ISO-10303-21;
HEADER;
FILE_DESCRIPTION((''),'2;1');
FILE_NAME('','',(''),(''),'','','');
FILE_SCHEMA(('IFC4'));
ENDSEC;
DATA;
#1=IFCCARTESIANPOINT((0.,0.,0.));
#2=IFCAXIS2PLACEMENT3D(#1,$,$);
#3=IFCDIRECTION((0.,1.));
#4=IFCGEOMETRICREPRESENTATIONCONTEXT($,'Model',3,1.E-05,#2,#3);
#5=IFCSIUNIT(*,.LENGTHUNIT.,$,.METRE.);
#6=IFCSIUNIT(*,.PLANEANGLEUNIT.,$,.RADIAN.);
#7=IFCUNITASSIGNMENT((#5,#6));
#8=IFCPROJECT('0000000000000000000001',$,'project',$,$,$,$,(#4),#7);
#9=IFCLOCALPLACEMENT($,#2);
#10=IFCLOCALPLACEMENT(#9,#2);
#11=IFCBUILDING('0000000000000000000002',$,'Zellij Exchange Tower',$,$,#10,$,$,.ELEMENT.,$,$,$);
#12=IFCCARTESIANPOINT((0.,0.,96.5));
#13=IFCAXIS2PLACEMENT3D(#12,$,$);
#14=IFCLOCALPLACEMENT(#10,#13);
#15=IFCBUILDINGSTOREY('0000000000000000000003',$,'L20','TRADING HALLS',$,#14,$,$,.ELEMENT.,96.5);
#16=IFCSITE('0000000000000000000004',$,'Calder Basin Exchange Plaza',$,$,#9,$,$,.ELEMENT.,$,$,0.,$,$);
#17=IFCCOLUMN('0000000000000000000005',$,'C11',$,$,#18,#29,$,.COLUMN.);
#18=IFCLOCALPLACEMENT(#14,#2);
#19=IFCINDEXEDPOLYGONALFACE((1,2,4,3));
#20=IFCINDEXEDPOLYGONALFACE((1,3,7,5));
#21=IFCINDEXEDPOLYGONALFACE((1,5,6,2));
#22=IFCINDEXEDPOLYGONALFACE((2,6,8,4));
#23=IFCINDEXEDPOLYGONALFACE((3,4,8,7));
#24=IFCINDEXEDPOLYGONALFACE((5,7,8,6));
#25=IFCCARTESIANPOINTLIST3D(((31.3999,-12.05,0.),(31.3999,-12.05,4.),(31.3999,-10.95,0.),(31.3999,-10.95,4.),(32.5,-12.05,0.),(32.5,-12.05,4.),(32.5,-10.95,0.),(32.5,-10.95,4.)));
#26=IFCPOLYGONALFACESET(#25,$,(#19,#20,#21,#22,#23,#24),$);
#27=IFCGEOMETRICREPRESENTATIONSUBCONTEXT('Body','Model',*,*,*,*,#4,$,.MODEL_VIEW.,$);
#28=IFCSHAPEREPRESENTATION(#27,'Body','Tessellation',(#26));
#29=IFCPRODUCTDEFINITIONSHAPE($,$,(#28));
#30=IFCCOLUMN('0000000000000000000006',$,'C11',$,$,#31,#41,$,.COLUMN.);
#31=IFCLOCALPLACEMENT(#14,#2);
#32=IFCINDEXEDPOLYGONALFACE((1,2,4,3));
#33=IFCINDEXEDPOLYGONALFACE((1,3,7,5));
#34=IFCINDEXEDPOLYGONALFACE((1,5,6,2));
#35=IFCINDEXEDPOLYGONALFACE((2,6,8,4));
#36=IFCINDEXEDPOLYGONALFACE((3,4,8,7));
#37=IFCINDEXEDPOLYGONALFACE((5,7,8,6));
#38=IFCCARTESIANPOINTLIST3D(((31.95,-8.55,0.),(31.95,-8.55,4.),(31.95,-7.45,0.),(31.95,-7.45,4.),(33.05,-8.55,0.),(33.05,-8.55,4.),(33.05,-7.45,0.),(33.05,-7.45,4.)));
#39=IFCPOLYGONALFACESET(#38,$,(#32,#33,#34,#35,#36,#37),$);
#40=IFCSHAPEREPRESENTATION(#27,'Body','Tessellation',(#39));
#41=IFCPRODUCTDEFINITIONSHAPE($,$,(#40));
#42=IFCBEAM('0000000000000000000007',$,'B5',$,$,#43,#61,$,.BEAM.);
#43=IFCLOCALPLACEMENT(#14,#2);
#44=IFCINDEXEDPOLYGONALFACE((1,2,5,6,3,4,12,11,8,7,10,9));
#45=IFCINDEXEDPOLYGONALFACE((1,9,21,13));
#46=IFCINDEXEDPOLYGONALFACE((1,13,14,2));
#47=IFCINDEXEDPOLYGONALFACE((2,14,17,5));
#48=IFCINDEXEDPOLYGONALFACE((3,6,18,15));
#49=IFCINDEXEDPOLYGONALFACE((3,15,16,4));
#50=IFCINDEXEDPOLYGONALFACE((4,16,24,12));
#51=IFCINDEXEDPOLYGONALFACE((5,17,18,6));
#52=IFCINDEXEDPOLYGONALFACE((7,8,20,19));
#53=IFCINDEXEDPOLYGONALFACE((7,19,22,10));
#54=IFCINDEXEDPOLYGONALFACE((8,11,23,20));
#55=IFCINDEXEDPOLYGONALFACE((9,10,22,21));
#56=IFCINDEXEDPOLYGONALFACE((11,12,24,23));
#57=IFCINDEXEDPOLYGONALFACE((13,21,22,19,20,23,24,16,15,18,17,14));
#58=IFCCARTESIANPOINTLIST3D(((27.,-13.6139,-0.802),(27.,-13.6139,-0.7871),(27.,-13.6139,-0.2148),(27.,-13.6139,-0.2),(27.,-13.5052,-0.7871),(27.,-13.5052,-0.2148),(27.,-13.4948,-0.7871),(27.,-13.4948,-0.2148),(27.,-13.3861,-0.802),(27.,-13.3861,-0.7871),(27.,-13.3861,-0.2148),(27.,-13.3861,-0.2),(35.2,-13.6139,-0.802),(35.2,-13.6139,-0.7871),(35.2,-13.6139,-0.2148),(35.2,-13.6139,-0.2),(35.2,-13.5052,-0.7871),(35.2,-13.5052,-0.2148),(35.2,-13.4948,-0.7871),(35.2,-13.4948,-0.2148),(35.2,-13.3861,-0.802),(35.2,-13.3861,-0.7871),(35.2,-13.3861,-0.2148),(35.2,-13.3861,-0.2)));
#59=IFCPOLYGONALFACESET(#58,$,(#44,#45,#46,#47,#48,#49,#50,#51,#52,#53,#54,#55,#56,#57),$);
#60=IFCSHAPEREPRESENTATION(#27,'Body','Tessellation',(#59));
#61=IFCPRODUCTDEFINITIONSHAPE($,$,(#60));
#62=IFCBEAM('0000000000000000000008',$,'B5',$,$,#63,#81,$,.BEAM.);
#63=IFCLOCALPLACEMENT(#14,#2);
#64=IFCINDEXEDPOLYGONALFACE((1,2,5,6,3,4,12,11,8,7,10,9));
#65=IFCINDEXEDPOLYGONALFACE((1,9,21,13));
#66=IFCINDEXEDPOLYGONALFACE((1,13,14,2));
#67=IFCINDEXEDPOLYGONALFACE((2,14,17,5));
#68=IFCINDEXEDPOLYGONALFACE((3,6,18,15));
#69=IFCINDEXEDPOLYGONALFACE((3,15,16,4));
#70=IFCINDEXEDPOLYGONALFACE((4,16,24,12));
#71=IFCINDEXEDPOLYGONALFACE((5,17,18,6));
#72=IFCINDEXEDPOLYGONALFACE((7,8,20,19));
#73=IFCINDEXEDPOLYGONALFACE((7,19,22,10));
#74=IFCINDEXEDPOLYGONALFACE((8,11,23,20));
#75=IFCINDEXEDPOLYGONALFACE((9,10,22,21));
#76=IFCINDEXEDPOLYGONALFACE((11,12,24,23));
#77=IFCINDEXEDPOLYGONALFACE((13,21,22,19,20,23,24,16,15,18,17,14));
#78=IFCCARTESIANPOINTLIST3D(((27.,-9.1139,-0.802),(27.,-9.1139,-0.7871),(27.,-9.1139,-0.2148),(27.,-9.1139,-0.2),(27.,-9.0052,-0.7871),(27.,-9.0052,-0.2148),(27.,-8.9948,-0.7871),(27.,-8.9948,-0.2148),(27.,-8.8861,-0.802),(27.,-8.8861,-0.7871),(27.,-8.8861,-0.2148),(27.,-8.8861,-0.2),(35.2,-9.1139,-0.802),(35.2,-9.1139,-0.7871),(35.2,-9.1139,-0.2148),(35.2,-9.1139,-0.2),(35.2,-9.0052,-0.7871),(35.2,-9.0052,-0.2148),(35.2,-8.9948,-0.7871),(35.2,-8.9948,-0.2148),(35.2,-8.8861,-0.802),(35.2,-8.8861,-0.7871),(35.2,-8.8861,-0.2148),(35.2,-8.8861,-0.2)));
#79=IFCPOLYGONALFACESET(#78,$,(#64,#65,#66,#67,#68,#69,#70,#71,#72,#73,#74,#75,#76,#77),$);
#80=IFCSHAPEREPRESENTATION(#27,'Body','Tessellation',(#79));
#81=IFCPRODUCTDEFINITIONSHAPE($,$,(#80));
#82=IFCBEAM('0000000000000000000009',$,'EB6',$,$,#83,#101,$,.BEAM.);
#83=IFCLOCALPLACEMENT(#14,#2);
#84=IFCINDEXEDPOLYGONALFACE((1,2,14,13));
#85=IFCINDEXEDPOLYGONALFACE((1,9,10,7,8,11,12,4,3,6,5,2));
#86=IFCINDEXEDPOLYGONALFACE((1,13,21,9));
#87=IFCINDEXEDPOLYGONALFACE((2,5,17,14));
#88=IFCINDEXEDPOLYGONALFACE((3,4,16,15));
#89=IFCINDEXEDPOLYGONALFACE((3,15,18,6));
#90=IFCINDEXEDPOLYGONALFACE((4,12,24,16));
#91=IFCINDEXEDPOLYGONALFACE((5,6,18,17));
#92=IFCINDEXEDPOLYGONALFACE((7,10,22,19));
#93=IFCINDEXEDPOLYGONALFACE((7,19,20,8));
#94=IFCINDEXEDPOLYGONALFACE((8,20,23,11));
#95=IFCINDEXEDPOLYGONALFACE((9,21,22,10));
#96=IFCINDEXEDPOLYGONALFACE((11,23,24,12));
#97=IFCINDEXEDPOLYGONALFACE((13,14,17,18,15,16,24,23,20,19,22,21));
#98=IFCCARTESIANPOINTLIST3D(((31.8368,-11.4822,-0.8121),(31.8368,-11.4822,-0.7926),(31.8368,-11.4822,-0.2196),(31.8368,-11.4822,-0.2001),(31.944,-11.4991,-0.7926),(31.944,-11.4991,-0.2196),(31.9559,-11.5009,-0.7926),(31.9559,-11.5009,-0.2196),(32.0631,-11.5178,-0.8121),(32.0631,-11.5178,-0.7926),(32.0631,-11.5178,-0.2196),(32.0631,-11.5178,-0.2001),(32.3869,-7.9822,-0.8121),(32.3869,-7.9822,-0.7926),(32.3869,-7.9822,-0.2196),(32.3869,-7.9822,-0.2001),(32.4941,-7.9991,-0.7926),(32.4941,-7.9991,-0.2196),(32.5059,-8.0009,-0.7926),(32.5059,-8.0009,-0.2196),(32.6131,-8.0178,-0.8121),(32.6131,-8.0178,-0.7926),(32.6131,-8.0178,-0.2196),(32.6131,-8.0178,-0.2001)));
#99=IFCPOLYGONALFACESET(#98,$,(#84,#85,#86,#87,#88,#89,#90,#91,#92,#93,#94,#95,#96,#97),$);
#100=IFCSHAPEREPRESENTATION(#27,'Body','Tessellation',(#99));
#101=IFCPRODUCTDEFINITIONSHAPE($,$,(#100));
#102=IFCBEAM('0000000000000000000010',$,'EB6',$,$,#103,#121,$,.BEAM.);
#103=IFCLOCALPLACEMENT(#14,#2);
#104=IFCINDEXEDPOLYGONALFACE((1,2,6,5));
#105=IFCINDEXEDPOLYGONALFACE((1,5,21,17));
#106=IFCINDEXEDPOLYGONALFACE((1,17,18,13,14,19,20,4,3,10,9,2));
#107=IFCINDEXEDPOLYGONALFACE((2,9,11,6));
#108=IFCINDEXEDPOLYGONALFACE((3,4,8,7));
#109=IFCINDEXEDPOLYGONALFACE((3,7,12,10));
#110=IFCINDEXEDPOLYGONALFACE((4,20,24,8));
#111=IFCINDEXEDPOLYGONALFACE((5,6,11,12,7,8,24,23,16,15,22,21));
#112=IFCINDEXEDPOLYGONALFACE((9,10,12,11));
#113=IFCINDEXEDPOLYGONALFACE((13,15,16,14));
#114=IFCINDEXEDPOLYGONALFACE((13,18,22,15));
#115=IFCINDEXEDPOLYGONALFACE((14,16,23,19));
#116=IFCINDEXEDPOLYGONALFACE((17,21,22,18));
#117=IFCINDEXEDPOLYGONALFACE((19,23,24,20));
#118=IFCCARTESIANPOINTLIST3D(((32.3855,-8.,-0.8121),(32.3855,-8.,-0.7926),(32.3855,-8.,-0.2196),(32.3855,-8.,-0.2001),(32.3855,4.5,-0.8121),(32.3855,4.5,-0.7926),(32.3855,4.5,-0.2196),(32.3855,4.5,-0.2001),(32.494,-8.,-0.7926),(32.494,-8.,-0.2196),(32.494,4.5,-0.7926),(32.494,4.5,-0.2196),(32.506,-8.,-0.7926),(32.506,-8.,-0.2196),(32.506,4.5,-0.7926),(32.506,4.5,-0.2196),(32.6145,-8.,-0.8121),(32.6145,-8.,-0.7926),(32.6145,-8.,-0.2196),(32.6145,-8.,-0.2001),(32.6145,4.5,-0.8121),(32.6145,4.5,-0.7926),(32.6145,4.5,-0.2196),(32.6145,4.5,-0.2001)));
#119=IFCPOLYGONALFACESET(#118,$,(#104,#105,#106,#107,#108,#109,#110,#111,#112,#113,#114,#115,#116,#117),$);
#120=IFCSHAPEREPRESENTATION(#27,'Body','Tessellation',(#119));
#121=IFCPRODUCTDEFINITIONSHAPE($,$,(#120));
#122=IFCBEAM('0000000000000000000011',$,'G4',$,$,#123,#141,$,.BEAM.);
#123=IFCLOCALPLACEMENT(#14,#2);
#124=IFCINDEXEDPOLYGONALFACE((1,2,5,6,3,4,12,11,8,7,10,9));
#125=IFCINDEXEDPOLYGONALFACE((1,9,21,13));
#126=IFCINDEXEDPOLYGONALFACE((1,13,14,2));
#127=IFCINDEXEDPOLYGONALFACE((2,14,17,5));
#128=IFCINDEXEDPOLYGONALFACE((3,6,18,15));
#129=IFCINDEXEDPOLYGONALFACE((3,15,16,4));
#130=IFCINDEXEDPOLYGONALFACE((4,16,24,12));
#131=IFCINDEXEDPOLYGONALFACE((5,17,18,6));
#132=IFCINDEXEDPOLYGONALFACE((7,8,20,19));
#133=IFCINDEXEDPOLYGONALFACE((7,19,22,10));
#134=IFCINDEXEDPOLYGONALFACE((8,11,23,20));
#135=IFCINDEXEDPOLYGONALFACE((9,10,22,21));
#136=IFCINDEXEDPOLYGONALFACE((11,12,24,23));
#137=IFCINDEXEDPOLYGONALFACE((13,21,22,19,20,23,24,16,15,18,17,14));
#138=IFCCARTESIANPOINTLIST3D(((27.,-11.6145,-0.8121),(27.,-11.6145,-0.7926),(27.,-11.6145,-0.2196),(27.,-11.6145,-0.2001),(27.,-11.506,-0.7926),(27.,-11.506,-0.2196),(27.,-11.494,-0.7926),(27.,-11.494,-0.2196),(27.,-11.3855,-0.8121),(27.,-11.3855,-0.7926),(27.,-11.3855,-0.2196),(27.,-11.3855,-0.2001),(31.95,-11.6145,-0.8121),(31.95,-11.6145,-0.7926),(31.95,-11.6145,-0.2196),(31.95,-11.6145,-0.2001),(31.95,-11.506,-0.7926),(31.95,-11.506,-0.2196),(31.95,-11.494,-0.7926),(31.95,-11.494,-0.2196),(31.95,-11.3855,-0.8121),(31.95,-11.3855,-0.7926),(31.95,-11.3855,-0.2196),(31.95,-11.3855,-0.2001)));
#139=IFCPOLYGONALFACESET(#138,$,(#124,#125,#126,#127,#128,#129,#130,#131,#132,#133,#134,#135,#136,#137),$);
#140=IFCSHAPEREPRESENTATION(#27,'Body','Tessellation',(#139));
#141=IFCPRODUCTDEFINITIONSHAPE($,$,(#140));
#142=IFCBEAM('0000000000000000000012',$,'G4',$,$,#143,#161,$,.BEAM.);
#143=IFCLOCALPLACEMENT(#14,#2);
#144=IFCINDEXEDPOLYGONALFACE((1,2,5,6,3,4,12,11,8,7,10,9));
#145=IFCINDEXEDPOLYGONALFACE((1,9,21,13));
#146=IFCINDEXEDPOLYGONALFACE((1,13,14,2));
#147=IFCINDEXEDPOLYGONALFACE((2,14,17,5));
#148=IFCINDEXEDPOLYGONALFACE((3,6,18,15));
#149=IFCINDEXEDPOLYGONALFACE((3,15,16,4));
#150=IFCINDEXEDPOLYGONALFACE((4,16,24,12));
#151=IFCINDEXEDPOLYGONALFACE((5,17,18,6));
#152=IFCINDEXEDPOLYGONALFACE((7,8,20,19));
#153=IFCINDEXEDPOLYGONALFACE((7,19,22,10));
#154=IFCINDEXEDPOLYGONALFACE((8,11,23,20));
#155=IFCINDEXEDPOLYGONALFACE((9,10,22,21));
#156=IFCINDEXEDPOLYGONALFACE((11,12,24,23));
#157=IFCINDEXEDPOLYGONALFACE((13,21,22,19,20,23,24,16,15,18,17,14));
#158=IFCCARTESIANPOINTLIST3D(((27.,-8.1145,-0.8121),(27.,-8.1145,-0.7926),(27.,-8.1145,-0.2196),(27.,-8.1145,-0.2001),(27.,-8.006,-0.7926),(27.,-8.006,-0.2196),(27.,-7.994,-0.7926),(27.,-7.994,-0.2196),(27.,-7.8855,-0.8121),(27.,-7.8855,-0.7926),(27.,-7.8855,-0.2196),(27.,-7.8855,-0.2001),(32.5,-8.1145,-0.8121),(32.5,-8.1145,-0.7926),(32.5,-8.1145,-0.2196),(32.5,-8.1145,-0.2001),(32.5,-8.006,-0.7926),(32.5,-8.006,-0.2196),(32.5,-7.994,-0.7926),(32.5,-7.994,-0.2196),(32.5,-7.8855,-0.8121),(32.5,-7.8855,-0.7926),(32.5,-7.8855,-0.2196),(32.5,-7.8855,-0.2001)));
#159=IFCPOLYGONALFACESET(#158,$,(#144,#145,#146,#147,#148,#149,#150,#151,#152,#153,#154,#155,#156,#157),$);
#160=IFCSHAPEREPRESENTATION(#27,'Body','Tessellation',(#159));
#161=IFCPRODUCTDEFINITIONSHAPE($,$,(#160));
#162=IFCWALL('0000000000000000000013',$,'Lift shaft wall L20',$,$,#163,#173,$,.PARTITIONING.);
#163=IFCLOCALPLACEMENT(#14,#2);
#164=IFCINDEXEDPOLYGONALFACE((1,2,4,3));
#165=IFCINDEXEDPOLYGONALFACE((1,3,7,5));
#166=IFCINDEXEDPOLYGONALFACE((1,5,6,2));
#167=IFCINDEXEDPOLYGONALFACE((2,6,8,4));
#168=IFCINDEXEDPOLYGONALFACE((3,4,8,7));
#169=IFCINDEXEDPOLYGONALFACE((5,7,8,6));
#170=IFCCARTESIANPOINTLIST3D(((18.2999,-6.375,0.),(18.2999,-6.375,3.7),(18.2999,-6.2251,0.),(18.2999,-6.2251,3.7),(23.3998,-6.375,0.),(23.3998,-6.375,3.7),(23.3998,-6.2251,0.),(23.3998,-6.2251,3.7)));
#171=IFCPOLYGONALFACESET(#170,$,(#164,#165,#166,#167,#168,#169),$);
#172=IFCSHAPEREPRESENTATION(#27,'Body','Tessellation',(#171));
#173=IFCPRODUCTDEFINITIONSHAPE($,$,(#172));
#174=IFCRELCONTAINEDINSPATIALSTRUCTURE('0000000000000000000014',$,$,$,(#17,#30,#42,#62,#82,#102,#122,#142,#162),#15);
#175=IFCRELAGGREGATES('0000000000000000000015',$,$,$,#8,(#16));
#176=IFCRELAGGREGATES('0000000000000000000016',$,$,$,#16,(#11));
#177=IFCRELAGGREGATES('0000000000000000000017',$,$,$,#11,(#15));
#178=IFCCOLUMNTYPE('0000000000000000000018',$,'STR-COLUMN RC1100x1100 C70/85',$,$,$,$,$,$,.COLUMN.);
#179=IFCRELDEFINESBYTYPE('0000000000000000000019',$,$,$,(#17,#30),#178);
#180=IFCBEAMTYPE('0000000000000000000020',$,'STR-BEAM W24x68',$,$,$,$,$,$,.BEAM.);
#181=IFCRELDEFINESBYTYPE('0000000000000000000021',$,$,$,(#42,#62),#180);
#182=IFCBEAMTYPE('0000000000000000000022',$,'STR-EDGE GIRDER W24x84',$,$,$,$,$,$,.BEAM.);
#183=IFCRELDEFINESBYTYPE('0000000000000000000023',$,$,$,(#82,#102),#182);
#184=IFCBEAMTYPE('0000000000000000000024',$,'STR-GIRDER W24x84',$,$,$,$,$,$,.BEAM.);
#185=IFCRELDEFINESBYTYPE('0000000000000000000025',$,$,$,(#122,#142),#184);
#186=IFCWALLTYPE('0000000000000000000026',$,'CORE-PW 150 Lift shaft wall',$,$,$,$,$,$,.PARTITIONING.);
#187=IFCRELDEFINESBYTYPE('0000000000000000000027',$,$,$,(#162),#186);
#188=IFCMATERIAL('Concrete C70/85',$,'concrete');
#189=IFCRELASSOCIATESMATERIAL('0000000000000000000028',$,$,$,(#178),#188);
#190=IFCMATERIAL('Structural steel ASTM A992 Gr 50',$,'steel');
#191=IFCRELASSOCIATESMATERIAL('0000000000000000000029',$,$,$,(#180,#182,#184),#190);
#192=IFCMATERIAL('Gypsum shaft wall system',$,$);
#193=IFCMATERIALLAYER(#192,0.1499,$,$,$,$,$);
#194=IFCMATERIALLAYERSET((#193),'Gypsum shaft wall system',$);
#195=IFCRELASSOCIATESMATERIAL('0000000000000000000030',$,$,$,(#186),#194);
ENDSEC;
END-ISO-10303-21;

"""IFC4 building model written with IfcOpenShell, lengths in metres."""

from ifc_helpers import new_model, si_unit, direction, frame, frame_2d, origin, origin_2d, place, context, subcontext, project, spatial, rectangle, i_section, extrude, material, layer, layer_set, material_profile, profile_set, type_object, element, save


model = new_model("IFC4")

# Units and contexts
model_context = context("Model", 3, precision=1e-05, world=origin(), true_north=direction((0.0, 1.0)))
body_context = subcontext(model_context, "Body", "Model", "MODEL_VIEW")
ifc_project = project(units=[si_unit("LENGTHUNIT", "METRE"), si_unit("PLANEANGLEUNIT", "RADIAN")], contexts=[model_context])

# Site, building, storey
site_placement = place(None, origin())
site = spatial("IfcSite", under=ifc_project, at=site_placement, Name="Calder Basin Exchange Plaza", CompositionType="ELEMENT", RefElevation=0.0)
building_placement = place(site_placement, origin())
building = spatial("IfcBuilding", under=site, at=building_placement, Name="Zellij Exchange Tower", CompositionType="ELEMENT")
storey_placement = place(building_placement, frame((0.0, 0.0, 96.5)))
storey = spatial("IfcBuildingStorey", under=building, at=storey_placement, Name="L20", Description="TRADING HALLS", CompositionType="ELEMENT", Elevation=96.5)

# Columns
ifc_material_1 = material(Name="Concrete C70/85", Category="concrete")
ifc_material_profile_1 = material_profile(ifc_material_1, rectangle(XDim=1.1001, YDim=1.1001, at=origin_2d()), Name="STR-COLUMN RC1100x1100 C70/85")
ifc_profile_set_1 = profile_set([ifc_material_profile_1], Name="Concrete C70/85")
column_type = type_object("IfcColumnType", Name="STR-COLUMN RC1100x1100 C70/85", PredefinedType="COLUMN", material=ifc_profile_set_1)
for number, where, z_axis, x_axis, name in (
    (1, (31.95, -11.5, 0.0), (0.0, 0.0, 1.0), (1.0, 0.0, 0.0), "C11"),
    (2, (32.5, -8.0, 0.0), (0.0, 0.0, 1.0), (1.0, 0.0, 0.0), "C11"),
):
    element("IfcColumn", number, at=place(storey_placement, frame(where, z_axis=z_axis, x_axis=x_axis)), inside=storey, type_object=column_type, Name=name, PredefinedType="COLUMN", context=body_context, shape_type="SweptSolid", body=[
        extrude(rectangle(XDim=1.1001, YDim=1.1001, at=origin_2d()), origin(), (0.0, 0.0, 1.0), 4.0),
    ])

# Beams
ifc_material_2 = material(Name="Structural steel ASTM A992 Gr 50", Category="steel")
ifc_material_profile_2 = material_profile(ifc_material_2, i_section(OverallWidth=0.2278, OverallDepth=0.6021, WebThickness=0.0105, FlangeThickness=0.0149, at=origin_2d()), Name="W24x68")
ifc_profile_set_2 = profile_set([ifc_material_profile_2], Name="Structural steel ASTM A992 Gr 50")
beam_type_1 = type_object("IfcBeamType", Name="STR-BEAM W24x68", PredefinedType="BEAM", material=ifc_profile_set_2)
for number, where, z_axis, x_axis, name in (
    (3, (27.0, -13.5, -0.501), (1.0, 0.0, 0.0), (0.0, 1.0, 0.0), "B5"),
    (4, (27.0, -9.0, -0.501), (1.0, 0.0, 0.0), (0.0, 1.0, 0.0), "B5"),
):
    element("IfcBeam", number, at=place(storey_placement, frame(where, z_axis=z_axis, x_axis=x_axis)), inside=storey, type_object=beam_type_1, Name=name, PredefinedType="BEAM", context=body_context, shape_type="SweptSolid", body=[
        extrude(i_section(OverallWidth=0.2278, OverallDepth=0.6021, WebThickness=0.0105, FlangeThickness=0.0149, at=origin_2d()), origin(), (0.0, 0.0, 1.0), 8.2),
    ])
ifc_material_profile_3 = material_profile(ifc_material_2, i_section(OverallWidth=0.229, OverallDepth=0.6121, WebThickness=0.012, FlangeThickness=0.0195, at=origin_2d()), Name="W24x84")
ifc_profile_set_3 = profile_set([ifc_material_profile_3], Name="Structural steel ASTM A992 Gr 50")
beam_type_2 = type_object("IfcBeamType", Name="STR-EDGE GIRDER W24x84", PredefinedType="BEAM", material=ifc_profile_set_3)
beam_1_placement = place(storey_placement, frame((31.95, -11.5, -0.5061), z_axis=(0.155251, 0.987875, 0.0), x_axis=(-0.987875, 0.155251, 0.0)))
element("IfcBeam", 5, at=beam_1_placement, inside=storey, type_object=beam_type_2, Name="EB6", PredefinedType="BEAM", context=body_context, shape_type="SweptSolid", body=[
    extrude(i_section(OverallWidth=0.229, OverallDepth=0.6121, WebThickness=0.012, FlangeThickness=0.0195, at=origin_2d()), origin(), (0.0, 0.0, 1.0), 3.543),
])
beam_2_placement = place(storey_placement, frame((32.5, -8.0, -0.5061), z_axis=(0.0, 1.0, 0.0), x_axis=(-1.0, 0.0, 0.0)))
element("IfcBeam", 6, at=beam_2_placement, inside=storey, type_object=beam_type_2, Name="EB6", PredefinedType="BEAM", context=body_context, shape_type="SweptSolid", body=[
    extrude(i_section(OverallWidth=0.229, OverallDepth=0.6121, WebThickness=0.012, FlangeThickness=0.0195, at=origin_2d()), origin(), (0.0, 0.0, 1.0), 12.5),
])
ifc_material_profile_4 = material_profile(ifc_material_2, i_section(OverallWidth=0.229, OverallDepth=0.6121, WebThickness=0.012, FlangeThickness=0.0195, at=origin_2d()), Name="W24x84")
ifc_profile_set_4 = profile_set([ifc_material_profile_4], Name="Structural steel ASTM A992 Gr 50")
beam_type_3 = type_object("IfcBeamType", Name="STR-GIRDER W24x84", PredefinedType="BEAM", material=ifc_profile_set_4)
beam_3_placement = place(storey_placement, frame((27.0, -11.5, -0.5061), z_axis=(1.0, 0.0, 0.0), x_axis=(0.0, 1.0, 0.0)))
element("IfcBeam", 7, at=beam_3_placement, inside=storey, type_object=beam_type_3, Name="G4", PredefinedType="BEAM", context=body_context, shape_type="SweptSolid", body=[
    extrude(i_section(OverallWidth=0.229, OverallDepth=0.6121, WebThickness=0.012, FlangeThickness=0.0195, at=origin_2d()), origin(), (0.0, 0.0, 1.0), 4.95),
])
beam_4_placement = place(storey_placement, frame((27.0, -8.0, -0.5061), z_axis=(1.0, 0.0, 0.0), x_axis=(0.0, 1.0, 0.0)))
element("IfcBeam", 8, at=beam_4_placement, inside=storey, type_object=beam_type_3, Name="G4", PredefinedType="BEAM", context=body_context, shape_type="SweptSolid", body=[
    extrude(i_section(OverallWidth=0.229, OverallDepth=0.6121, WebThickness=0.012, FlangeThickness=0.0195, at=origin_2d()), origin(), (0.0, 0.0, 1.0), 5.5),
])

# Wall
ifc_material_3 = material(Name="Gypsum shaft wall system")
ifc_layer_1 = layer(ifc_material_3, 0.1499)
ifc_layer_set_1 = layer_set([ifc_layer_1], Name="Gypsum shaft wall system")
wall_type_1 = type_object("IfcWallType", Name="CORE-PW 150 Lift shaft wall", PredefinedType="PARTITIONING", material=ifc_layer_set_1)
wall_1_placement = place(storey_placement, frame((18.3, -6.3, 0.0), z_axis=(0.0, 0.0, 1.0), x_axis=(1.0, 0.0, 0.0)))
element("IfcWall", 9, at=wall_1_placement, inside=storey, type_object=wall_type_1, Name="Lift shaft wall L20", PredefinedType="PARTITIONING", context=body_context, shape_type="SweptSolid", body=[
    extrude(rectangle(XDim=5.0999, YDim=0.1499, at=frame_2d((2.5498, 0.0))), origin(), (0.0, 0.0, 1.0), 3.7),
])

save(model, "model.ifc")
